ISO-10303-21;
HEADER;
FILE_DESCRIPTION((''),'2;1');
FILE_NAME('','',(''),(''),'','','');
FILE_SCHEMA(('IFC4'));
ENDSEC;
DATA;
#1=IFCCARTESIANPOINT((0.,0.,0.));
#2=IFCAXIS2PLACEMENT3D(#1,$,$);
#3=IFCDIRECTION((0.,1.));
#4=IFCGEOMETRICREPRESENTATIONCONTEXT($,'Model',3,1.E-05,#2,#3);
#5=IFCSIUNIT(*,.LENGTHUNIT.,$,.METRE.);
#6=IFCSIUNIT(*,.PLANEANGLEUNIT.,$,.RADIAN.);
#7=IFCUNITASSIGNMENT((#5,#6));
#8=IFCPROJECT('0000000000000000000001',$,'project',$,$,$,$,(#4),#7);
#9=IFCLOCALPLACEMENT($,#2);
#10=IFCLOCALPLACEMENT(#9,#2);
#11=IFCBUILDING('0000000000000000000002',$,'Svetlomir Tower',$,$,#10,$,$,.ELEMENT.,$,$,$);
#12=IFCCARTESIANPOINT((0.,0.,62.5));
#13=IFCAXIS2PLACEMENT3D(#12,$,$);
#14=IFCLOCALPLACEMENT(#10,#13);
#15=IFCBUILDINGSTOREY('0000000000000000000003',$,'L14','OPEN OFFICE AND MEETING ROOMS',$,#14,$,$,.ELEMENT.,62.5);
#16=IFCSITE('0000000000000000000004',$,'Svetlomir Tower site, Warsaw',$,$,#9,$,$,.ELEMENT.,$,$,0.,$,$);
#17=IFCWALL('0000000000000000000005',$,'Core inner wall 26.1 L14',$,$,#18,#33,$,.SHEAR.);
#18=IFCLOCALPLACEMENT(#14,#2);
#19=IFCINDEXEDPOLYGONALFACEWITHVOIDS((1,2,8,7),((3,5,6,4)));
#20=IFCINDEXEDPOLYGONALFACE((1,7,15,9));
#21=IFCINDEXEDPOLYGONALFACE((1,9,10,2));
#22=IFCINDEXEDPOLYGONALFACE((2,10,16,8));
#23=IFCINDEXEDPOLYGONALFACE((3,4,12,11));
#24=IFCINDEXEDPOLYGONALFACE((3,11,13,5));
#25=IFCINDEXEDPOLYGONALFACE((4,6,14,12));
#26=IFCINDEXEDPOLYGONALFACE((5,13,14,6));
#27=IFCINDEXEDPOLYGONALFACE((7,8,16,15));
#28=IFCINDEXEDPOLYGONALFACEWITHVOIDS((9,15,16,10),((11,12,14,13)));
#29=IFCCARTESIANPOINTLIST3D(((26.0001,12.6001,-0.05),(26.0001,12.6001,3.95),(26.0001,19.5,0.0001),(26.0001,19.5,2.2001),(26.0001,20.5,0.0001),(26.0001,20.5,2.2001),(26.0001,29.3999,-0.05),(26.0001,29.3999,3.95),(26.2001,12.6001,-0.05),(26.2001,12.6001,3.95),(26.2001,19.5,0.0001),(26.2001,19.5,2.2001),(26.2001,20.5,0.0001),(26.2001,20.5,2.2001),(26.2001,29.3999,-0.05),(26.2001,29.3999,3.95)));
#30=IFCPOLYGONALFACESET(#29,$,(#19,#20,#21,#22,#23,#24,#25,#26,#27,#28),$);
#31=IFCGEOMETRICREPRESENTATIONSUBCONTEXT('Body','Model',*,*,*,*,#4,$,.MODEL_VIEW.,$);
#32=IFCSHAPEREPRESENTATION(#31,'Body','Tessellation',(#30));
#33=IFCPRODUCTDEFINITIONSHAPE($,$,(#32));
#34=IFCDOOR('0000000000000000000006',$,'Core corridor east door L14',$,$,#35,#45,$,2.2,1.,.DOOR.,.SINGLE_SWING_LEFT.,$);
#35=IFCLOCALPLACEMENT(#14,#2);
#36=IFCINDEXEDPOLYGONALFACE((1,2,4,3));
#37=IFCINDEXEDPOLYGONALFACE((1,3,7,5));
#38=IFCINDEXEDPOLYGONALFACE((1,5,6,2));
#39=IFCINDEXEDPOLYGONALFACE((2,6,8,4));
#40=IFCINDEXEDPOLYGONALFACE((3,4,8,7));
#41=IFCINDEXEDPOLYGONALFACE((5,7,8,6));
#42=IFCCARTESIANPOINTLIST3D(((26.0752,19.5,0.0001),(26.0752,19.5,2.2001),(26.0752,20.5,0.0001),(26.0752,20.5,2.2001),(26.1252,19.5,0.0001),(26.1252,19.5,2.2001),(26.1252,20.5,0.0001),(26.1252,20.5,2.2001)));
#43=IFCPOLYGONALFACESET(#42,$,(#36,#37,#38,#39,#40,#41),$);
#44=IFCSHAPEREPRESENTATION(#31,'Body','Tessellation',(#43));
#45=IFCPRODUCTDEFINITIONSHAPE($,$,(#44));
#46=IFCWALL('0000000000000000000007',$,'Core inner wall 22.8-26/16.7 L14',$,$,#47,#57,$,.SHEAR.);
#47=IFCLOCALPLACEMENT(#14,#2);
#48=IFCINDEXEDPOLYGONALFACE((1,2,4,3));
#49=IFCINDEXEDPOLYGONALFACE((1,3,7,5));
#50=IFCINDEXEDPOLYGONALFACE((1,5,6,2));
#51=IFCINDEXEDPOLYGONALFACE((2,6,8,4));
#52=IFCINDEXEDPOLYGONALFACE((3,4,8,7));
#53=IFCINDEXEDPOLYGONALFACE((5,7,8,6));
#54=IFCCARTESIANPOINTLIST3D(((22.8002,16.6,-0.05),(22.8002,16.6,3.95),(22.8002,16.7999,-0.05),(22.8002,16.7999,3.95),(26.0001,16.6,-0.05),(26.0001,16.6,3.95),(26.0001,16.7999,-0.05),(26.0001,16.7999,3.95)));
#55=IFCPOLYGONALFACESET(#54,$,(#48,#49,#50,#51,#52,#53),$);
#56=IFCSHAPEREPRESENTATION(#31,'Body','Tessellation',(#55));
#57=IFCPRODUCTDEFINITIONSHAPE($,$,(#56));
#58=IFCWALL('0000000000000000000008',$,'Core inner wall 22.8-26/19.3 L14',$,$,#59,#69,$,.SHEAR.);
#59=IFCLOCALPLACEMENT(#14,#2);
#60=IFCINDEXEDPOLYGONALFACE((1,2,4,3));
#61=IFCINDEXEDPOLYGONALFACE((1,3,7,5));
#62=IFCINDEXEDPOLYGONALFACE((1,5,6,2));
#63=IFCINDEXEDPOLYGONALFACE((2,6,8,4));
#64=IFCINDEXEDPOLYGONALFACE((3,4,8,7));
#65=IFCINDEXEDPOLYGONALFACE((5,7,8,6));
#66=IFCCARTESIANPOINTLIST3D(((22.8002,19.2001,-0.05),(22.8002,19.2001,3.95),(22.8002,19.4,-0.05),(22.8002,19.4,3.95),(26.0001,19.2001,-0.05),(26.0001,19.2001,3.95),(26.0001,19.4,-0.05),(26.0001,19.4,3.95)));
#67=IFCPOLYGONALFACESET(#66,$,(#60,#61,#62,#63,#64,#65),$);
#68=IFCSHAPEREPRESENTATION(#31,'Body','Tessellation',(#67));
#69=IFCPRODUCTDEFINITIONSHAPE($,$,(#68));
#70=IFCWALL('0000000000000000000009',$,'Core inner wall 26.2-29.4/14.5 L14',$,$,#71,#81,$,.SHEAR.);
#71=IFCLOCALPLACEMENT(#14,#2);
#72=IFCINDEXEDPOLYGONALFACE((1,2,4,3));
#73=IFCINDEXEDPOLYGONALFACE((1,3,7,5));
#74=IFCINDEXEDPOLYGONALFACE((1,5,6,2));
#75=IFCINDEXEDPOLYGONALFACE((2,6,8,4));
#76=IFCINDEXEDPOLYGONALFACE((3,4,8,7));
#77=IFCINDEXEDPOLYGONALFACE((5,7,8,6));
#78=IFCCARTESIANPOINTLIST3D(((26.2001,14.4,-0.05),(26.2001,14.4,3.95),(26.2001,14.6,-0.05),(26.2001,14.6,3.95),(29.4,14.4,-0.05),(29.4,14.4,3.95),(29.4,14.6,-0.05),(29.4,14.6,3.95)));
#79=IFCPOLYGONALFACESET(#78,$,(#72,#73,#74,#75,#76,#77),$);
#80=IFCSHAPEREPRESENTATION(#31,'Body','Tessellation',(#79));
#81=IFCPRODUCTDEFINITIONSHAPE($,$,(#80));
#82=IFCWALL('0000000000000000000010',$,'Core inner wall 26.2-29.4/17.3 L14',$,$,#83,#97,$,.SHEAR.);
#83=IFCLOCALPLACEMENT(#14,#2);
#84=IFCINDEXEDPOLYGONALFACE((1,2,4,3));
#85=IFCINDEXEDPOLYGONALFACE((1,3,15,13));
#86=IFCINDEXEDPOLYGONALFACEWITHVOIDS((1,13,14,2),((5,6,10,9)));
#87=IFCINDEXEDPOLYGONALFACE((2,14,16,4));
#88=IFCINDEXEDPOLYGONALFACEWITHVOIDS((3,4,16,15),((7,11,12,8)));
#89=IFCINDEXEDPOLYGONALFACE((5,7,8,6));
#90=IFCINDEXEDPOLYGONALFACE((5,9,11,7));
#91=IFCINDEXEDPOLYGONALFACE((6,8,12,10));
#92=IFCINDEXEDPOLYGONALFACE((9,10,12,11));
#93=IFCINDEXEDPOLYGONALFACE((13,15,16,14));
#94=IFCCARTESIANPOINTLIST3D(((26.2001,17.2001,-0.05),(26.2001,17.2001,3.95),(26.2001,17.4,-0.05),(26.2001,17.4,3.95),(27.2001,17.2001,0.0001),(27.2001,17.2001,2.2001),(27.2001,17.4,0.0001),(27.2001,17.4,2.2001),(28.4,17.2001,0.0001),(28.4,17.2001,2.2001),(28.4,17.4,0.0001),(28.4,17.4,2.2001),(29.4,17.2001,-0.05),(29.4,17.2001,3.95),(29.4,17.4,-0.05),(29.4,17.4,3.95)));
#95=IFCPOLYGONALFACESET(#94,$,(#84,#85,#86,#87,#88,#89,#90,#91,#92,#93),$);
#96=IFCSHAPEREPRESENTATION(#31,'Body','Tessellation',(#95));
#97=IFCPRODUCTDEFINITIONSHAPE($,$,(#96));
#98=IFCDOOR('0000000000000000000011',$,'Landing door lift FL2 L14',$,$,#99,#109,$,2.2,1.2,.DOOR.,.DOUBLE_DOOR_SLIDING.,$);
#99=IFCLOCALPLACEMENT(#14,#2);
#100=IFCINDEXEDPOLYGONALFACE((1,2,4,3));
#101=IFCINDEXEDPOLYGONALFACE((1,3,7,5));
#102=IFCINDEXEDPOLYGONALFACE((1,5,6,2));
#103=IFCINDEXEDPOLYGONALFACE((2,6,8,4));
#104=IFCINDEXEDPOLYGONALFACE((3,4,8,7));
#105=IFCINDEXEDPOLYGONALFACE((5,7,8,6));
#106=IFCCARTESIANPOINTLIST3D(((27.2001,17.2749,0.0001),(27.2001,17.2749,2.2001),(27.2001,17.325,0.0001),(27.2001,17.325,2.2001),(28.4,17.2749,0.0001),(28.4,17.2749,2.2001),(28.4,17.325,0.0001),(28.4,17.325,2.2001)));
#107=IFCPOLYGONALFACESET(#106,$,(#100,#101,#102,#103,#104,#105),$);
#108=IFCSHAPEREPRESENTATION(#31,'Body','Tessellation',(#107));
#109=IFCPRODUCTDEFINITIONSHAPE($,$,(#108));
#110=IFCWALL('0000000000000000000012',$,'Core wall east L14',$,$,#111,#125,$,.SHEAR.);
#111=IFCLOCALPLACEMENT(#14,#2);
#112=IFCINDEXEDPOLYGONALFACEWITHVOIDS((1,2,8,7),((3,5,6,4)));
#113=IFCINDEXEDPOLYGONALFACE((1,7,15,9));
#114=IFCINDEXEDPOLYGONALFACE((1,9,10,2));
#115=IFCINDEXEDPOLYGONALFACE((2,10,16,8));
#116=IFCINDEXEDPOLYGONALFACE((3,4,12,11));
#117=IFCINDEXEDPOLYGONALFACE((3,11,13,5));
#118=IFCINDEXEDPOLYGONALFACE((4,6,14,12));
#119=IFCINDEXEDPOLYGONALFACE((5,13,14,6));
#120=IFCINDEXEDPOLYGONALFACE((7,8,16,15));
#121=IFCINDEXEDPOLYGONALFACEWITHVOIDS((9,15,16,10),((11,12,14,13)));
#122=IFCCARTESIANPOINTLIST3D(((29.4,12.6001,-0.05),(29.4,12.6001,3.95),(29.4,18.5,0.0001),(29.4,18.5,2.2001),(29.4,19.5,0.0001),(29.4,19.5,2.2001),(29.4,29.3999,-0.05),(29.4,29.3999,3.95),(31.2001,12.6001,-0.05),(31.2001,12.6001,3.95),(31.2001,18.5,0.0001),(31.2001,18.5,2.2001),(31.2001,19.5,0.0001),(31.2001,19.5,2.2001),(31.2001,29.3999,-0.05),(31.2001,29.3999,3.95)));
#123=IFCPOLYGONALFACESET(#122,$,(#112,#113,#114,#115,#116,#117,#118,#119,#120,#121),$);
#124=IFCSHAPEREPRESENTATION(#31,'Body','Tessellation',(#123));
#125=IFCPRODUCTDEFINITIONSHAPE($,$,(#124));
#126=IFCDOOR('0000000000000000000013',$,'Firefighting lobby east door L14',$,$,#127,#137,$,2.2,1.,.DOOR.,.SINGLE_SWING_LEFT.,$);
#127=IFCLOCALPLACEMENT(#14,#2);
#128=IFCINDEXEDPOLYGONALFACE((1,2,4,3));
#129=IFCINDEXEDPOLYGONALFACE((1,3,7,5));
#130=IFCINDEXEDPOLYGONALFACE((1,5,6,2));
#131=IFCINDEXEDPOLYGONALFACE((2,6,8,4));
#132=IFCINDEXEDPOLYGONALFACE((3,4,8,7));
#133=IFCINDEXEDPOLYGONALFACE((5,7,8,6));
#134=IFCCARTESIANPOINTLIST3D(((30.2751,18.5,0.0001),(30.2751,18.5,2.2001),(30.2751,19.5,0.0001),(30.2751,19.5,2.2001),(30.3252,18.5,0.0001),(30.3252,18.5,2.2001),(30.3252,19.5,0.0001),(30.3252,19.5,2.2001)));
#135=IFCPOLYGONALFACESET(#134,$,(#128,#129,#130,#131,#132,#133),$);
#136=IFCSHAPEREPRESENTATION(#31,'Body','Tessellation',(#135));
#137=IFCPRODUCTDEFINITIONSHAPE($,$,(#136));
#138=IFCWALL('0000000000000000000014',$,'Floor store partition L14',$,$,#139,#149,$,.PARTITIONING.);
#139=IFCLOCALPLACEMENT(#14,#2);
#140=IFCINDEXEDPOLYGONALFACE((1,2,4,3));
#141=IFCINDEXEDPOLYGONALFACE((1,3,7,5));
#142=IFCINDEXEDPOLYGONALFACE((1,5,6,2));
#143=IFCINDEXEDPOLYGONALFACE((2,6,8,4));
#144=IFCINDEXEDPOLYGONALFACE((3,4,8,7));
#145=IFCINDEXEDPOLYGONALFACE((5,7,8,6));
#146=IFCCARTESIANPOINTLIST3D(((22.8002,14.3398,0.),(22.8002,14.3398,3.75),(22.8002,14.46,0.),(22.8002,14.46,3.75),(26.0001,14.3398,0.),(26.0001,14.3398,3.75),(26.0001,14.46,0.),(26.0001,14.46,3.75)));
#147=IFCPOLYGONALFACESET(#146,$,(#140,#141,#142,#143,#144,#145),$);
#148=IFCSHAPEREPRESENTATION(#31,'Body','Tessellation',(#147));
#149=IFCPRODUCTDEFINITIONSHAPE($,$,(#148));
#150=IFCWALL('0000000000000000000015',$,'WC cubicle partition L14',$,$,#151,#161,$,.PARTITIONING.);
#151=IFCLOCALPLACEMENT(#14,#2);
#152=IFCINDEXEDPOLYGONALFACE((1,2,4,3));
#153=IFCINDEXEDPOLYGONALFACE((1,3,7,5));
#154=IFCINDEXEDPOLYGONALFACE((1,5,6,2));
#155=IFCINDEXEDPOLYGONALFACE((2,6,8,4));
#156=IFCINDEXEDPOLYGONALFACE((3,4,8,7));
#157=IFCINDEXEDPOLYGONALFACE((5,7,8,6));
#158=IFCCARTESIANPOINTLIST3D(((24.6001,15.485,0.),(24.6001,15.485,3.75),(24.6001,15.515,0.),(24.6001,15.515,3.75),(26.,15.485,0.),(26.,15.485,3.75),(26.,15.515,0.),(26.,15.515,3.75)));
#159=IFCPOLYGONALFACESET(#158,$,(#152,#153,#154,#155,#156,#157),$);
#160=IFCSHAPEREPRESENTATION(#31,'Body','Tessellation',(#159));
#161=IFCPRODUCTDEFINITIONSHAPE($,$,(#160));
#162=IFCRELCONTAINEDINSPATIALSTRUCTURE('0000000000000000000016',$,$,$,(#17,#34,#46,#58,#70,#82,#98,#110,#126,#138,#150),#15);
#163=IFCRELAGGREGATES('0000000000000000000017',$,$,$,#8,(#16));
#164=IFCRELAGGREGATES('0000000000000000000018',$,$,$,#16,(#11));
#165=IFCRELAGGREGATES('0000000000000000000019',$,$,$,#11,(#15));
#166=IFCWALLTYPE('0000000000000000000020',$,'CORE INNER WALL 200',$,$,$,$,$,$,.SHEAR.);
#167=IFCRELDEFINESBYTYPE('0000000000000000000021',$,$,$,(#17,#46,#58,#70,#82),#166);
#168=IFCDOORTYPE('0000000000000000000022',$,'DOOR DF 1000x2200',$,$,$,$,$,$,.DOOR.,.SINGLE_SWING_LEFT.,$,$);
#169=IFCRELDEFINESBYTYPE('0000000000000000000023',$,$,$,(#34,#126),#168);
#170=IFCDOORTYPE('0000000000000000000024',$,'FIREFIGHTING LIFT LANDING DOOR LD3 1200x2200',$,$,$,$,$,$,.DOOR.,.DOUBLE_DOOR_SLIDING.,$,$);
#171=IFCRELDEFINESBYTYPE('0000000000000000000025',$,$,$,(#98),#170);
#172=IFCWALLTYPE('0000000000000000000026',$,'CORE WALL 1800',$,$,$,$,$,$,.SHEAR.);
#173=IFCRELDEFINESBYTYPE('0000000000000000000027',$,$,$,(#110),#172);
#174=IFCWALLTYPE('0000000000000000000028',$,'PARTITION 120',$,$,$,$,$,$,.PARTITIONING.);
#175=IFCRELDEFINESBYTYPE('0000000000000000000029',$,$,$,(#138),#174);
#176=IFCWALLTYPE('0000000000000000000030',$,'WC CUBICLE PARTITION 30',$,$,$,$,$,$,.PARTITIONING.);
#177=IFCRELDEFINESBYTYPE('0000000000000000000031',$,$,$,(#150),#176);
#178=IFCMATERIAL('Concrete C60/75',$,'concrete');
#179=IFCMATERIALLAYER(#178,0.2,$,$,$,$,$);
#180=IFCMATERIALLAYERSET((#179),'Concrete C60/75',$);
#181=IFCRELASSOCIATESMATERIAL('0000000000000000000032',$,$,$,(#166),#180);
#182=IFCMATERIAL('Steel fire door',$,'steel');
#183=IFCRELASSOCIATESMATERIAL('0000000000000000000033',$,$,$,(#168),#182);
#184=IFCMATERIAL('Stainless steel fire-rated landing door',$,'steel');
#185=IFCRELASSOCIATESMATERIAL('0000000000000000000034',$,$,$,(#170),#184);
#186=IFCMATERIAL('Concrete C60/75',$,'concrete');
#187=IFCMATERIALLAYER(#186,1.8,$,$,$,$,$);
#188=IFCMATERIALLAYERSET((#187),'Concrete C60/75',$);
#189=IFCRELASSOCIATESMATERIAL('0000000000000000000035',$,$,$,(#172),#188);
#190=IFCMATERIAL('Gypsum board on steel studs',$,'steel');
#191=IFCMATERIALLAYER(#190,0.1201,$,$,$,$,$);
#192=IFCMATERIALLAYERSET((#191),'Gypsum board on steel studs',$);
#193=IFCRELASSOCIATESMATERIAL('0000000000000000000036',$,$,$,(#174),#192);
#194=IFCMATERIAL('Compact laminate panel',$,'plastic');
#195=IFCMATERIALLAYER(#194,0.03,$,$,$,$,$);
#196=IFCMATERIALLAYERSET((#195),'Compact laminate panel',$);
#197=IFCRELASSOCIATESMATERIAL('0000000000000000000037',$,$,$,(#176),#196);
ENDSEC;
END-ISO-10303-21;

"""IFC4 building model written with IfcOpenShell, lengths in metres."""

from ifc_helpers import new_model, si_unit, direction, frame, frame_2d, origin, place, context, subcontext, project, spatial, rectangle, extrude, material, layer, layer_set, type_object, element, fill, save


model = new_model("IFC4")

# Units and contexts
model_context = context("Model", 3, precision=1e-05, world=origin(), true_north=direction((0.0, 1.0)))
body_context = subcontext(model_context, "Body", "Model", "MODEL_VIEW")
ifc_project = project(units=[si_unit("LENGTHUNIT", "METRE"), si_unit("PLANEANGLEUNIT", "RADIAN")], contexts=[model_context])

# Site, building, storey
site_placement = place(None, origin())
site = spatial("IfcSite", under=ifc_project, at=site_placement, Name="Svetlomir Tower site, Warsaw", CompositionType="ELEMENT", RefElevation=0.0)
building_placement = place(site_placement, origin())
building = spatial("IfcBuilding", under=site, at=building_placement, Name="Svetlomir Tower", CompositionType="ELEMENT")
storey_placement = place(building_placement, frame((0.0, 0.0, 62.5)))
storey = spatial("IfcBuildingStorey", under=building, at=storey_placement, Name="L14", Description="OPEN OFFICE AND MEETING ROOMS", CompositionType="ELEMENT", Elevation=62.5)

# Wall, opening, door
ifc_material_1 = material(Name="Concrete C60/75", Category="concrete")
ifc_layer_1 = layer(ifc_material_1, 0.2)
ifc_layer_set_1 = layer_set([ifc_layer_1], Name="Concrete C60/75")
wall_type_1 = type_object("IfcWallType", Name="CORE INNER WALL 200", PredefinedType="SHEAR", material=ifc_layer_set_1)
wall_1_placement = place(storey_placement, frame((26.1001, 12.6001, -0.05), z_axis=(0.0, 0.0, 1.0), x_axis=(0.0, 1.0, 0.0)))
wall_1 = element("IfcWall", 1, at=wall_1_placement, inside=storey, type_object=wall_type_1, Name="Core inner wall 26.1 L14", PredefinedType="SHEAR", context=body_context, shape_type="SweptSolid", body=[
    extrude(rectangle(XDim=16.7998, YDim=0.2, at=frame_2d((8.3999, 0.0))), origin(), (0.0, 0.0, 1.0), 4.0),
])
opening_1_placement = place(wall_1_placement, frame((6.8999, 0.0, 0.05)))
opening_1 = element("IfcOpeningElement", 2, at=opening_1_placement, cuts=wall_1, PredefinedType="OPENING", context=body_context, shape_type="SweptSolid", body=[
    extrude(rectangle(XDim=1.0, YDim=2.2, at=frame_2d((0.5, 1.1001))), frame((0.0, 0.1099, 0.0), z_axis=(0.0, -1.0, 0.0), x_axis=(1.0, 0.0, 0.0)), (0.0, 0.0, 1.0), 0.22),
])
ifc_material_2 = material(Name="Steel fire door", Category="steel")
door_type_1 = type_object("IfcDoorType", Name="DOOR DF 1000x2200", OperationType="SINGLE_SWING_LEFT", PredefinedType="DOOR", material=ifc_material_2)
door_1_placement = place(opening_1_placement, origin())
door_1 = element("IfcDoor", 3, at=door_1_placement, inside=storey, type_object=door_type_1, Name="Core corridor east door L14", OperationType="SINGLE_SWING_LEFT", OverallHeight=2.2, OverallWidth=1.0, PredefinedType="DOOR", context=body_context, shape_type="SweptSolid", body=[
    extrude(rectangle(XDim=1.0, YDim=2.2, at=frame_2d((0.5, 1.1001))), frame((0.0, 0.0249, 0.0), z_axis=(0.0, -1.0, 0.0), x_axis=(1.0, 0.0, 0.0)), (0.0, 0.0, 1.0), 0.05),
])
fill(opening_1, door_1)

# Walls
for number, where, z_axis, x_axis, name in (
    (4, (22.8, 16.7, -0.05), (0.0, 0.0, 1.0), (1.0, 0.0, 0.0), "Core inner wall 22.8-26/16.7 L14"),
    (5, (22.8, 19.3, -0.05), (0.0, 0.0, 1.0), (1.0, 0.0, 0.0), "Core inner wall 22.8-26/19.3 L14"),
    (6, (26.2, 14.5, -0.05), (0.0, 0.0, 1.0), (1.0, 0.0, 0.0), "Core inner wall 26.2-29.4/14.5 L14"),
):
    element("IfcWall", number, at=place(storey_placement, frame(where, z_axis=z_axis, x_axis=x_axis)), inside=storey, type_object=wall_type_1, Name=name, PredefinedType="SHEAR", context=body_context, shape_type="SweptSolid", body=[
        extrude(rectangle(XDim=3.2, YDim=0.2, at=frame_2d((1.6001, 0.0))), origin(), (0.0, 0.0, 1.0), 4.0),
    ])

# Walls, openings, doors
wall_2_placement = place(storey_placement, frame((26.2, 17.3, -0.05), z_axis=(0.0, 0.0, 1.0), x_axis=(1.0, 0.0, 0.0)))
wall_2 = element("IfcWall", 7, at=wall_2_placement, inside=storey, type_object=wall_type_1, Name="Core inner wall 26.2-29.4/17.3 L14", PredefinedType="SHEAR", context=body_context, shape_type="SweptSolid", body=[
    extrude(rectangle(XDim=3.2, YDim=0.2, at=frame_2d((1.6001, 0.0))), origin(), (0.0, 0.0, 1.0), 4.0),
])
opening_2_placement = place(wall_2_placement, frame((1.0, 0.0, 0.05)))
opening_2 = element("IfcOpeningElement", 8, at=opening_2_placement, cuts=wall_2, PredefinedType="OPENING", context=body_context, shape_type="SweptSolid", body=[
    extrude(rectangle(XDim=1.2, YDim=2.2, at=frame_2d((0.6001, 1.1001))), frame((0.0, 0.1099, 0.0), z_axis=(0.0, -1.0, 0.0), x_axis=(1.0, 0.0, 0.0)), (0.0, 0.0, 1.0), 0.22),
])
ifc_material_3 = material(Name="Stainless steel fire-rated landing door", Category="steel")
door_type_2 = type_object("IfcDoorType", Name="FIREFIGHTING LIFT LANDING DOOR LD3 1200x2200", OperationType="DOUBLE_DOOR_SLIDING", PredefinedType="DOOR", material=ifc_material_3)
door_2_placement = place(opening_2_placement, origin())
door_2 = element("IfcDoor", 9, at=door_2_placement, inside=storey, type_object=door_type_2, Name="Landing door lift FL2 L14", OperationType="DOUBLE_DOOR_SLIDING", OverallHeight=2.2, OverallWidth=1.2, PredefinedType="DOOR", context=body_context, shape_type="SweptSolid", body=[
    extrude(rectangle(XDim=1.2, YDim=2.2, at=frame_2d((0.6001, 1.1001))), frame((0.0, 0.0249, 0.0), z_axis=(0.0, -1.0, 0.0), x_axis=(1.0, 0.0, 0.0)), (0.0, 0.0, 1.0), 0.05),
])
fill(opening_2, door_2)
ifc_material_4 = material(Name="Concrete C60/75", Category="concrete")
ifc_layer_2 = layer(ifc_material_4, 1.8)
ifc_layer_set_2 = layer_set([ifc_layer_2], Name="Concrete C60/75")
wall_type_2 = type_object("IfcWallType", Name="CORE WALL 1800", PredefinedType="SHEAR", material=ifc_layer_set_2)
wall_3_placement = place(storey_placement, frame((30.3, 12.6001, -0.05), z_axis=(0.0, 0.0, 1.0), x_axis=(0.0, 1.0, 0.0)))
wall_3 = element("IfcWall", 10, at=wall_3_placement, inside=storey, type_object=wall_type_2, Name="Core wall east L14", PredefinedType="SHEAR", context=body_context, shape_type="SweptSolid", body=[
    extrude(rectangle(XDim=16.7998, YDim=1.8, at=frame_2d((8.3999, 0.0))), origin(), (0.0, 0.0, 1.0), 4.0),
])
opening_3_placement = place(wall_3_placement, frame((5.8999, 0.0, 0.05)))
opening_3 = element("IfcOpeningElement", 11, at=opening_3_placement, cuts=wall_3, PredefinedType="OPENING", context=body_context, shape_type="SweptSolid", body=[
    extrude(rectangle(XDim=1.0, YDim=2.2, at=frame_2d((0.5, 1.1001))), frame((0.0, 0.9102, 0.0), z_axis=(0.0, -1.0, 0.0), x_axis=(1.0, 0.0, 0.0)), (0.0, 0.0, 1.0), 1.8201),
])
door_3_placement = place(opening_3_placement, origin())
door_3 = element("IfcDoor", 12, at=door_3_placement, inside=storey, type_object=door_type_1, Name="Firefighting lobby east door L14", OperationType="SINGLE_SWING_LEFT", OverallHeight=2.2, OverallWidth=1.0, PredefinedType="DOOR", context=body_context, shape_type="SweptSolid", body=[
    extrude(rectangle(XDim=1.0, YDim=2.2, at=frame_2d((0.5, 1.1001))), frame((0.0, 0.0249, 0.0), z_axis=(0.0, -1.0, 0.0), x_axis=(1.0, 0.0, 0.0)), (0.0, 0.0, 1.0), 0.05),
])
fill(opening_3, door_3)

# Walls
ifc_material_5 = material(Name="Gypsum board on steel studs", Category="steel")
ifc_layer_3 = layer(ifc_material_5, 0.1201)
ifc_layer_set_3 = layer_set([ifc_layer_3], Name="Gypsum board on steel studs")
wall_type_3 = type_object("IfcWallType", Name="PARTITION 120", PredefinedType="PARTITIONING", material=ifc_layer_set_3)
wall_4_placement = place(storey_placement, frame((22.8, 14.3999, 0.0), z_axis=(0.0, 0.0, 1.0), x_axis=(1.0, 0.0, 0.0)))
element("IfcWall", 13, at=wall_4_placement, inside=storey, type_object=wall_type_3, Name="Floor store partition L14", PredefinedType="PARTITIONING", context=body_context, shape_type="SweptSolid", body=[
    extrude(rectangle(XDim=3.2, YDim=0.1201, at=frame_2d((1.6001, 0.0))), origin(), (0.0, 0.0, 1.0), 3.75),
])
ifc_material_6 = material(Name="Compact laminate panel", Category="plastic")
ifc_layer_4 = layer(ifc_material_6, 0.03)
ifc_layer_set_4 = layer_set([ifc_layer_4], Name="Compact laminate panel")
wall_type_4 = type_object("IfcWallType", Name="WC CUBICLE PARTITION 30", PredefinedType="PARTITIONING", material=ifc_layer_set_4)
wall_5_placement = place(storey_placement, frame((24.6001, 15.5, 0.0), z_axis=(0.0, 0.0, 1.0), x_axis=(1.0, 0.0, 0.0)))
element("IfcWall", 14, at=wall_5_placement, inside=storey, type_object=wall_type_4, Name="WC cubicle partition L14", PredefinedType="PARTITIONING", context=body_context, shape_type="SweptSolid", body=[
    extrude(rectangle(XDim=1.3999, YDim=0.03, at=frame_2d((0.7, 0.0))), origin(), (0.0, 0.0, 1.0), 3.75),
])

save(model, "model.ifc")
